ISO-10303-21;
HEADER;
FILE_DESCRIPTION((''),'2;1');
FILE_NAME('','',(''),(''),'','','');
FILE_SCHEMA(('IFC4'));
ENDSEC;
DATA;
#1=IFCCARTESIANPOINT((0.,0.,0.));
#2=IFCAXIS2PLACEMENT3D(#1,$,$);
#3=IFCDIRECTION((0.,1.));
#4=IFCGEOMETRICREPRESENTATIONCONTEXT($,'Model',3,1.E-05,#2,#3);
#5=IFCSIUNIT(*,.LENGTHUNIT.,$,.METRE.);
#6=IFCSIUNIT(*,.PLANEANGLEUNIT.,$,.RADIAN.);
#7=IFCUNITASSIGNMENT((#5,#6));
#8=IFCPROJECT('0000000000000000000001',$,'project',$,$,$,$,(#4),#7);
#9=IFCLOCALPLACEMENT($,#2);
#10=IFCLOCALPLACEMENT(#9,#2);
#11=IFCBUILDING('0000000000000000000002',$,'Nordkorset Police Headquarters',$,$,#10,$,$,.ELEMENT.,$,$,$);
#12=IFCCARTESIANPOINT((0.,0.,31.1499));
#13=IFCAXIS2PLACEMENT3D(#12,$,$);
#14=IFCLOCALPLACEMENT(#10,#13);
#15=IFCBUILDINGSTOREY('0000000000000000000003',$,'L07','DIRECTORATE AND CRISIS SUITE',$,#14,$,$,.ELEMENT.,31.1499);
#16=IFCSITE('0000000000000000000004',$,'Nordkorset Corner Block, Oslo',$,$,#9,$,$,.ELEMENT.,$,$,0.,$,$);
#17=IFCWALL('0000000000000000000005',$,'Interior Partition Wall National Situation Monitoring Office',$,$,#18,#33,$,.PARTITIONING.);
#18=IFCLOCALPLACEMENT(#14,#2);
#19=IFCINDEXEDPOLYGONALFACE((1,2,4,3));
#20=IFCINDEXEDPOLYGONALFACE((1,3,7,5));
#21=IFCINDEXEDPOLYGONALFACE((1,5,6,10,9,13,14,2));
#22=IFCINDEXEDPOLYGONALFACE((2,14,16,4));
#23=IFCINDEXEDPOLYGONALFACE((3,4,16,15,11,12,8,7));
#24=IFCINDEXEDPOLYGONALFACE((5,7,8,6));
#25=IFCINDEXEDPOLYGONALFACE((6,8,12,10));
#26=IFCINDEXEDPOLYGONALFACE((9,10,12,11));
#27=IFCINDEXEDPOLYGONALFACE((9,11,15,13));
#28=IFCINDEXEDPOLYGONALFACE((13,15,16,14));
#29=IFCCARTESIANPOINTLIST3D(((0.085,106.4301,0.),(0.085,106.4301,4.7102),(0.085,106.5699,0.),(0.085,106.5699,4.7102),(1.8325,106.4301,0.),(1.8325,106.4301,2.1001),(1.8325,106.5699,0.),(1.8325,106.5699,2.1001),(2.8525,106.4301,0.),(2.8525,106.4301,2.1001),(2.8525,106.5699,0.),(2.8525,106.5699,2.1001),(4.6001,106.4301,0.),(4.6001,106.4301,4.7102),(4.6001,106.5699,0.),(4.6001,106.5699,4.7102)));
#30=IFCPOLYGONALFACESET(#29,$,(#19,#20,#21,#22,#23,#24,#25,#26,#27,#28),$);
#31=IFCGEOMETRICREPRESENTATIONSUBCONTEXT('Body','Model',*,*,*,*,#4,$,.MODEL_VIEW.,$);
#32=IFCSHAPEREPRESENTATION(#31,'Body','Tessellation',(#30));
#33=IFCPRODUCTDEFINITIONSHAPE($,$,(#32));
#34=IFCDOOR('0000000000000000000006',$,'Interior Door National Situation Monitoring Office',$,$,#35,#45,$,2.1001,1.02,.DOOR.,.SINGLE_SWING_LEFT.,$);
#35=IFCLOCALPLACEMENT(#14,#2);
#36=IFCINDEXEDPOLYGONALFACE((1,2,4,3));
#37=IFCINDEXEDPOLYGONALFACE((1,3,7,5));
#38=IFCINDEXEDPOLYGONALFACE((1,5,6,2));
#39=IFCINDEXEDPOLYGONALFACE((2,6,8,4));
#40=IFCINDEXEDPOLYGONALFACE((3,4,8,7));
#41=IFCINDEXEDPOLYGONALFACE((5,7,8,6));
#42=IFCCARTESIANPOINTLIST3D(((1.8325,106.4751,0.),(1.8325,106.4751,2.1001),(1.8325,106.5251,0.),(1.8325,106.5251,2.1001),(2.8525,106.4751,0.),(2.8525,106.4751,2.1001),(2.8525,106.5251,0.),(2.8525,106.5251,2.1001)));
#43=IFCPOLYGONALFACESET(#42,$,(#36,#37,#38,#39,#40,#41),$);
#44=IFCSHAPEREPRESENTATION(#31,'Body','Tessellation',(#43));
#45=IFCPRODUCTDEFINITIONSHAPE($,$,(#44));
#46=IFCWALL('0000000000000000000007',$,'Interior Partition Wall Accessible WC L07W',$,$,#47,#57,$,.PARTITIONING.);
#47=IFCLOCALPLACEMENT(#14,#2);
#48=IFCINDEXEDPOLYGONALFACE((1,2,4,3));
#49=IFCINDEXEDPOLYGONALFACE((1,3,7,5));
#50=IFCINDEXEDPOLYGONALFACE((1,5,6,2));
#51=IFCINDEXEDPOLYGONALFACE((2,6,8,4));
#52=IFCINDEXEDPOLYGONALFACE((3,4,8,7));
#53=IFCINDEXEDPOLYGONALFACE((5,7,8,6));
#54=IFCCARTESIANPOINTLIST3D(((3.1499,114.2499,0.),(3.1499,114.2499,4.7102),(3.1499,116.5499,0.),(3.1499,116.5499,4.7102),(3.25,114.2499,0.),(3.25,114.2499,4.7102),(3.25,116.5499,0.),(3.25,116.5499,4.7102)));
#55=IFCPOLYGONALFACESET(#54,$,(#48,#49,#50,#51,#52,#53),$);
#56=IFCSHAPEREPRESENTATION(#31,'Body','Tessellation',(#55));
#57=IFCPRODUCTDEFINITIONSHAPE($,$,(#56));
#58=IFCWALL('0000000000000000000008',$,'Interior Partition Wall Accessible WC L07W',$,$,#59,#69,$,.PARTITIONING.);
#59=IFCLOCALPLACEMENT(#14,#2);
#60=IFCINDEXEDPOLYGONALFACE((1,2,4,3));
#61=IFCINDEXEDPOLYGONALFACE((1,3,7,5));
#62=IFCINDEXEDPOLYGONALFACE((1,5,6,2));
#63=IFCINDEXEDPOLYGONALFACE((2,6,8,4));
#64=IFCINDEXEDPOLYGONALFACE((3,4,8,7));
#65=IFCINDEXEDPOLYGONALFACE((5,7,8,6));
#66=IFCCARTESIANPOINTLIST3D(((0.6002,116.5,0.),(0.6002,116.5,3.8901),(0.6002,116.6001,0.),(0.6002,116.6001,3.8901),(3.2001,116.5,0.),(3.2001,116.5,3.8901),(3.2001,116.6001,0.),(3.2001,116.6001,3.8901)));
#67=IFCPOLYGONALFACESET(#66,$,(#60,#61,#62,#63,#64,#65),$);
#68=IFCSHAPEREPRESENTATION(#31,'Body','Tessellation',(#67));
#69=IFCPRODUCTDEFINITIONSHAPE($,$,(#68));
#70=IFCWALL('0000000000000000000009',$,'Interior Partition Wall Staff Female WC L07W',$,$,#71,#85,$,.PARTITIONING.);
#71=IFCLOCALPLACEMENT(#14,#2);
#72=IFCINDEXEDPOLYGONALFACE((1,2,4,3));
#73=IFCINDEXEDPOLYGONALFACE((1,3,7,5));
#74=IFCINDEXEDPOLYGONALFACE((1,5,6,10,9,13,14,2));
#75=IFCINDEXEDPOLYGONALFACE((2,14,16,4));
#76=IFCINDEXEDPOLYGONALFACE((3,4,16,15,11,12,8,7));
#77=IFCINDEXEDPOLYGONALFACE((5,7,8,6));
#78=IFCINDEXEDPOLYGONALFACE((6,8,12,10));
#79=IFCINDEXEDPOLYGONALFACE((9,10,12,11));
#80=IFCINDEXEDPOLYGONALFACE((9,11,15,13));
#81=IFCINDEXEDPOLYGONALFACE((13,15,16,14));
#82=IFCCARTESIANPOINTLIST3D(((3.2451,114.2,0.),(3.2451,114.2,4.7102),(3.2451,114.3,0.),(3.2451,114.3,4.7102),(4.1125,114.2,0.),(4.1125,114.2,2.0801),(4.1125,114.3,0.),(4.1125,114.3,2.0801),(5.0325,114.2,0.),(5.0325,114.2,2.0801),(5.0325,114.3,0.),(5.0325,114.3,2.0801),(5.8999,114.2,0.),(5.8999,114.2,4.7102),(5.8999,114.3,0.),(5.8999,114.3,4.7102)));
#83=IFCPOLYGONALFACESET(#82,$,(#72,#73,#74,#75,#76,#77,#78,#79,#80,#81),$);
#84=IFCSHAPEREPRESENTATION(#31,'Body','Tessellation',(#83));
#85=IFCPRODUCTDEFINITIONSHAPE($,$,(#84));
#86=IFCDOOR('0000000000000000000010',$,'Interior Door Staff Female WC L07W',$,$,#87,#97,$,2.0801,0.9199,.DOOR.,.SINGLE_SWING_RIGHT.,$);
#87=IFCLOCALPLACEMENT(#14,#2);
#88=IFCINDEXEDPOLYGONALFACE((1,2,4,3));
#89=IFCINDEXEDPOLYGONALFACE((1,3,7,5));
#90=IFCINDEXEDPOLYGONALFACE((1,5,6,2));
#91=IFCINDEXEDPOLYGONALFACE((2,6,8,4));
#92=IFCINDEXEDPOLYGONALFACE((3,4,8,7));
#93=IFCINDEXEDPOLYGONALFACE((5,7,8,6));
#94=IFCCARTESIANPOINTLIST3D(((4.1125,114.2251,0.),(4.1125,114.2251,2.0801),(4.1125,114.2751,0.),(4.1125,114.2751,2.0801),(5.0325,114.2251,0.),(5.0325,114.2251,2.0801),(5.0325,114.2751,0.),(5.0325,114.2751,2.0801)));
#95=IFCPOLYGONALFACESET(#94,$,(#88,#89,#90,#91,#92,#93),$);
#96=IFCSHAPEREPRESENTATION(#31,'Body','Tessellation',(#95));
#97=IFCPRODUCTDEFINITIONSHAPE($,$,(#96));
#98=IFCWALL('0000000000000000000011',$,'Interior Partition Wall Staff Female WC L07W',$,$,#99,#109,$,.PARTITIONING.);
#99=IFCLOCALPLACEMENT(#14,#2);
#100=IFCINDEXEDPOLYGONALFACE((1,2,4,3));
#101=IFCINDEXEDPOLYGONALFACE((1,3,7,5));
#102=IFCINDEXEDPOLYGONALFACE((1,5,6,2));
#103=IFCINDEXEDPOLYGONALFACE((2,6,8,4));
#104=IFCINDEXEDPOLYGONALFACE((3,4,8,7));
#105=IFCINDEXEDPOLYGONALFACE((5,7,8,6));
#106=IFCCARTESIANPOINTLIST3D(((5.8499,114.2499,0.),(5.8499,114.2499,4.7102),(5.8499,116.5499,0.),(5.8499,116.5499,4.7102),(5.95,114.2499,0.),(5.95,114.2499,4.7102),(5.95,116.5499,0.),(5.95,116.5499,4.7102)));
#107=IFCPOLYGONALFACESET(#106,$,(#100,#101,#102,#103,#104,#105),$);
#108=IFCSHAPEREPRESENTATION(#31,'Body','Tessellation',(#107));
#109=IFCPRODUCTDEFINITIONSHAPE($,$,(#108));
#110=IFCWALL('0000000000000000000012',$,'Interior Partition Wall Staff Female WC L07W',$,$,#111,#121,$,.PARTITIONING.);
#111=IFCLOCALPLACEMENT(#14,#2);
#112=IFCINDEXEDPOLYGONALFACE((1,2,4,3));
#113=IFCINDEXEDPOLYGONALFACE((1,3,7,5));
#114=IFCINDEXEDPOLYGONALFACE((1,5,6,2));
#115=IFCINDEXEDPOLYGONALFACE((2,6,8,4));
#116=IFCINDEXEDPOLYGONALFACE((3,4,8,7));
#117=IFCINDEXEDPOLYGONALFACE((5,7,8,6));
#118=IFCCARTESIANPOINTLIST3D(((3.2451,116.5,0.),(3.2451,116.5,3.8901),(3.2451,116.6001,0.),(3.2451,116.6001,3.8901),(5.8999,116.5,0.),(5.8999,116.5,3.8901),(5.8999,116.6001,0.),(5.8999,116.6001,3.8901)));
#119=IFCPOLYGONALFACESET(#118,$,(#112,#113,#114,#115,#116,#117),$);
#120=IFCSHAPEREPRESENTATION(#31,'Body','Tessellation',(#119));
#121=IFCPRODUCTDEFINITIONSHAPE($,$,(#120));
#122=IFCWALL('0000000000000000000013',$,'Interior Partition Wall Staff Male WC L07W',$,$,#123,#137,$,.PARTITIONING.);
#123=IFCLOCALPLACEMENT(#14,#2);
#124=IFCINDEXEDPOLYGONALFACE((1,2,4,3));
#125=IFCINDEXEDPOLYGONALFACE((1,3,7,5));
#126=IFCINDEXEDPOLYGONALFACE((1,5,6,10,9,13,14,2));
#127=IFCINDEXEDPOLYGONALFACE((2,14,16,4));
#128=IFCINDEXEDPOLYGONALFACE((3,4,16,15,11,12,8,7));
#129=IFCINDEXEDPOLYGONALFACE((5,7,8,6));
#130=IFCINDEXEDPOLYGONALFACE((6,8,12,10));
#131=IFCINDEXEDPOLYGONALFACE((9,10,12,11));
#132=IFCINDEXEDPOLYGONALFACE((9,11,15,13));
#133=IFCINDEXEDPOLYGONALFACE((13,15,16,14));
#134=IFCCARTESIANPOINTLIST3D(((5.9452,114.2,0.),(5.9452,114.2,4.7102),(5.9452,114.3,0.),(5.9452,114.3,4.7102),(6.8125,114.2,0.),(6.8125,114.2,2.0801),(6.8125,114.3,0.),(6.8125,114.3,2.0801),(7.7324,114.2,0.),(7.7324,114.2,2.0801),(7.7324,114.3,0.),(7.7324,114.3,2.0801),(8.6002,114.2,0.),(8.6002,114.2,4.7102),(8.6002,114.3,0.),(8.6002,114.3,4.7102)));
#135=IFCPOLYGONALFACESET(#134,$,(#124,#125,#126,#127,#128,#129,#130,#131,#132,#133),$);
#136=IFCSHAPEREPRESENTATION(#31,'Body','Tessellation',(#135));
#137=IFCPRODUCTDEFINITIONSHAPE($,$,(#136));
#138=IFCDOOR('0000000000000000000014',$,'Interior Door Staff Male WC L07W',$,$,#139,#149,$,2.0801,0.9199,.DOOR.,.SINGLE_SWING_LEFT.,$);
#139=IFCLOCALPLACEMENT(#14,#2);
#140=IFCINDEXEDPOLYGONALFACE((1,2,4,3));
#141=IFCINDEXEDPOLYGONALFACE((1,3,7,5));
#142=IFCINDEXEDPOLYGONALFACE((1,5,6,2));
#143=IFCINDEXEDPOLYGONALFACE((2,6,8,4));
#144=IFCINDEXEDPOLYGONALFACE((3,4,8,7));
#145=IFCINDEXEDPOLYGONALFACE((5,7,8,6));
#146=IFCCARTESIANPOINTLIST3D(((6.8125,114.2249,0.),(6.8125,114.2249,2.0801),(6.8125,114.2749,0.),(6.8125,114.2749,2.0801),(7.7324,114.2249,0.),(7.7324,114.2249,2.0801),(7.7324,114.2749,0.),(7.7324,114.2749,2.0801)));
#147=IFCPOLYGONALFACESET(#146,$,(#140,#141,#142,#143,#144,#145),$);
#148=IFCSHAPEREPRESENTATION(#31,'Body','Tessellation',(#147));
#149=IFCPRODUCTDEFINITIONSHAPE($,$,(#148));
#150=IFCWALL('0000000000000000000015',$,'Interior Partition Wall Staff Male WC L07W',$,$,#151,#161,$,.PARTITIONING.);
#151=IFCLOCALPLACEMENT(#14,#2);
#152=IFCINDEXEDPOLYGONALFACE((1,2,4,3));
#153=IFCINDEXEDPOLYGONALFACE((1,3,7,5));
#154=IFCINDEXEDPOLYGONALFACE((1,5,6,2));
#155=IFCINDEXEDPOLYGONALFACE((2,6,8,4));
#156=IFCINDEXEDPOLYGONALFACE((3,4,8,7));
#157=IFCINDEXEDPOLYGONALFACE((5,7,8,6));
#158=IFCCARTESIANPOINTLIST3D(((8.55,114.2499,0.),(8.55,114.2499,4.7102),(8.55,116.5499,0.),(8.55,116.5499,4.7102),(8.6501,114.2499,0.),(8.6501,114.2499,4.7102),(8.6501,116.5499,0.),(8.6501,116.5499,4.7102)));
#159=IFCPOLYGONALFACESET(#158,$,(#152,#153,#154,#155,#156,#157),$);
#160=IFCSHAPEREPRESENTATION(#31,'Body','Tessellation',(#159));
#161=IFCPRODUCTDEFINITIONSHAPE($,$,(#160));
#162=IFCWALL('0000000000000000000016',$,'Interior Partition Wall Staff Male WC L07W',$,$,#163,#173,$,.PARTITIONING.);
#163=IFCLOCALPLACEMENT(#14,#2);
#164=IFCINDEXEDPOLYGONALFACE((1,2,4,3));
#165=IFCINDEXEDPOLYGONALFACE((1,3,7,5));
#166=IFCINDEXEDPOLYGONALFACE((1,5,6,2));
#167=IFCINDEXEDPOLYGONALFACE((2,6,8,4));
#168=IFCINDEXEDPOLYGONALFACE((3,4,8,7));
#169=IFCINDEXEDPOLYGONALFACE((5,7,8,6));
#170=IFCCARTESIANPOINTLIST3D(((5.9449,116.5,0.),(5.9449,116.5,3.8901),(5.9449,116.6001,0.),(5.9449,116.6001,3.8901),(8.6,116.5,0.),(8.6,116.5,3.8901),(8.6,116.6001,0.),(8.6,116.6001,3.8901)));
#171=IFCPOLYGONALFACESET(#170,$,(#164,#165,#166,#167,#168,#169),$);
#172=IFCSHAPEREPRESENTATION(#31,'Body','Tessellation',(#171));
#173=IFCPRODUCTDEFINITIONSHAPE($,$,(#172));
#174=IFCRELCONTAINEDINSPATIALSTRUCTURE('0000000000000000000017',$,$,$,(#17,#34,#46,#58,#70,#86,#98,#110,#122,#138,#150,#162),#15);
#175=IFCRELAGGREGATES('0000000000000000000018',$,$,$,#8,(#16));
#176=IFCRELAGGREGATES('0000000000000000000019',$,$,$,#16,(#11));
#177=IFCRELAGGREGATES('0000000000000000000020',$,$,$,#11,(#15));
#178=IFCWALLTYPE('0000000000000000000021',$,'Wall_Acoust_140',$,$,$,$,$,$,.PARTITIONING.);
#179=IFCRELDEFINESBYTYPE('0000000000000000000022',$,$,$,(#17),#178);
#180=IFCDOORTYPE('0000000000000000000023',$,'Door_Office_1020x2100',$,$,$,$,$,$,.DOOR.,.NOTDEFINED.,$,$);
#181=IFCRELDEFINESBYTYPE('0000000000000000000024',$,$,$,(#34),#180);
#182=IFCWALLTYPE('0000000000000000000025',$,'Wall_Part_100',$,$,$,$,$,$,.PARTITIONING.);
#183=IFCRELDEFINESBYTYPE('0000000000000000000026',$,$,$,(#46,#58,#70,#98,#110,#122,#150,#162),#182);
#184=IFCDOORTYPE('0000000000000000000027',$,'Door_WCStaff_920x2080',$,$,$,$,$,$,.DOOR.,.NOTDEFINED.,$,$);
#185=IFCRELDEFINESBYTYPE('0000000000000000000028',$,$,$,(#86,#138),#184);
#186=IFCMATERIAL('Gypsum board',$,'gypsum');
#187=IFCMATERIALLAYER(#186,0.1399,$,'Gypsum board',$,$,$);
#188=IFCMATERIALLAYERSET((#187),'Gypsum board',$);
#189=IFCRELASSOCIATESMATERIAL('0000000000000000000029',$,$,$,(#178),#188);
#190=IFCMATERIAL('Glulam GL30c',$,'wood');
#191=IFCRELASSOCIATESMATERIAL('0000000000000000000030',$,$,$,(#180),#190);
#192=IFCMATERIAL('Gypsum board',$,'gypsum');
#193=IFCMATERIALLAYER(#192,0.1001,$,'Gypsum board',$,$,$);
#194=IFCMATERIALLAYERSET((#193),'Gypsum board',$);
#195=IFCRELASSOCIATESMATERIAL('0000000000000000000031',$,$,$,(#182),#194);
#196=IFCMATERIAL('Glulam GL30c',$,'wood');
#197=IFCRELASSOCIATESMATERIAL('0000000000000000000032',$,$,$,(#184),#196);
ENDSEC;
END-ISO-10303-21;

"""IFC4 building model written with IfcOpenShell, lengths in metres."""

from ifc_helpers import new_model, si_unit, direction, frame, frame_2d, origin, place, context, subcontext, project, spatial, rectangle, extrude, material, layer, layer_set, type_object, element, fill, save


model = new_model("IFC4")

# Units and contexts
model_context = context("Model", 3, precision=1e-05, world=origin(), true_north=direction((0.0, 1.0)))
body_context = subcontext(model_context, "Body", "Model", "MODEL_VIEW")
ifc_project = project(units=[si_unit("LENGTHUNIT", "METRE"), si_unit("PLANEANGLEUNIT", "RADIAN")], contexts=[model_context])

# Site, building, storey
site_placement = place(None, origin())
site = spatial("IfcSite", under=ifc_project, at=site_placement, Name="Nordkorset Corner Block, Oslo", CompositionType="ELEMENT", RefElevation=0.0)
building_placement = place(site_placement, origin())
building = spatial("IfcBuilding", under=site, at=building_placement, Name="Nordkorset Police Headquarters", CompositionType="ELEMENT")
storey_placement = place(building_placement, frame((0.0, 0.0, 31.1499)))
storey = spatial("IfcBuildingStorey", under=building, at=storey_placement, Name="L07", Description="DIRECTORATE AND CRISIS SUITE", CompositionType="ELEMENT", Elevation=31.1499)

# Wall, opening, door
ifc_material_1 = material(Name="Gypsum board", Category="gypsum")
ifc_layer_1 = layer(ifc_material_1, 0.1399, Name="Gypsum board")
ifc_layer_set_1 = layer_set([ifc_layer_1], Name="Gypsum board")
wall_type_1 = type_object("IfcWallType", Name="Wall_Acoust_140", PredefinedType="PARTITIONING", material=ifc_layer_set_1)
wall_1_placement = place(storey_placement, frame((4.6001, 106.5, 0.0), z_axis=(0.0, 0.0, 1.0), x_axis=(-1.0, 0.0, 0.0)))
wall_1 = element("IfcWall", 1, at=wall_1_placement, inside=storey, type_object=wall_type_1, Name="Interior Partition Wall National Situation Monitoring Office", PredefinedType="PARTITIONING", context=body_context, shape_type="SweptSolid", body=[
    extrude(rectangle(XDim=4.5151, YDim=0.1399, at=frame_2d((2.2576, 0.0))), origin(), (0.0, 0.0, 1.0), 4.7102),
])
opening_1_placement = place(wall_1_placement, frame((1.7476, 0.0, 0.0)))
opening_1 = element("IfcOpeningElement", 2, at=opening_1_placement, cuts=wall_1, PredefinedType="OPENING", context=body_context, shape_type="SweptSolid", body=[
    extrude(rectangle(XDim=1.02, YDim=2.1001, at=frame_2d((0.51, 1.05))), frame((0.0, 0.0801, 0.0), z_axis=(0.0, -1.0, 0.0), x_axis=(1.0, 0.0, 0.0)), (0.0, 0.0, 1.0), 0.1599),
])
ifc_material_2 = material(Name="Glulam GL30c", Category="wood")
door_type_1 = type_object("IfcDoorType", Name="Door_Office_1020x2100", OperationType="NOTDEFINED", PredefinedType="DOOR", material=ifc_material_2)
door_1_placement = place(opening_1_placement, origin())
door_1 = element("IfcDoor", 3, at=door_1_placement, inside=storey, type_object=door_type_1, Name="Interior Door National Situation Monitoring Office", OperationType="SINGLE_SWING_LEFT", OverallHeight=2.1001, OverallWidth=1.02, PredefinedType="DOOR", context=body_context, shape_type="SweptSolid", body=[
    extrude(rectangle(XDim=1.02, YDim=2.1001, at=frame_2d((0.51, 1.05))), frame((0.0, 0.0249, 0.0), z_axis=(0.0, -1.0, 0.0), x_axis=(1.0, 0.0, 0.0)), (0.0, 0.0, 1.0), 0.05),
])
fill(opening_1, door_1)

# Walls
ifc_material_3 = material(Name="Gypsum board", Category="gypsum")
ifc_layer_2 = layer(ifc_material_3, 0.1001, Name="Gypsum board")
ifc_layer_set_2 = layer_set([ifc_layer_2], Name="Gypsum board")
wall_type_2 = type_object("IfcWallType", Name="Wall_Part_100", PredefinedType="PARTITIONING", material=ifc_layer_set_2)
wall_2_placement = place(storey_placement, frame((3.2, 114.25, 0.0), z_axis=(0.0, 0.0, 1.0), x_axis=(0.0, 1.0, 0.0)))
element("IfcWall", 4, at=wall_2_placement, inside=storey, type_object=wall_type_2, Name="Interior Partition Wall Accessible WC L07W", PredefinedType="PARTITIONING", context=body_context, shape_type="SweptSolid", body=[
    extrude(rectangle(XDim=2.3, YDim=0.1001, at=frame_2d((1.1499, 0.0))), origin(), (0.0, 0.0, 1.0), 4.7102),
])
wall_3_placement = place(storey_placement, frame((3.2, 116.55, 0.0), z_axis=(0.0, 0.0, 1.0), x_axis=(-1.0, 0.0, 0.0)))
element("IfcWall", 5, at=wall_3_placement, inside=storey, type_object=wall_type_2, Name="Interior Partition Wall Accessible WC L07W", PredefinedType="PARTITIONING", context=body_context, shape_type="SweptSolid", body=[
    extrude(rectangle(XDim=2.5999, YDim=0.1001, at=frame_2d((1.2998, 0.0))), origin(), (0.0, 0.0, 1.0), 3.8901),
])

# Wall, opening, door
wall_4_placement = place(storey_placement, frame((3.2451, 114.25, 0.0), z_axis=(0.0, 0.0, 1.0), x_axis=(1.0, 0.0, 0.0)))
wall_4 = element("IfcWall", 6, at=wall_4_placement, inside=storey, type_object=wall_type_2, Name="Interior Partition Wall Staff Female WC L07W", PredefinedType="PARTITIONING", context=body_context, shape_type="SweptSolid", body=[
    extrude(rectangle(XDim=2.6548, YDim=0.1001, at=frame_2d((1.3274, 0.0))), origin(), (0.0, 0.0, 1.0), 4.7102),
])
opening_2_placement = place(wall_4_placement, frame((0.8674, 0.0, 0.0)))
opening_2 = element("IfcOpeningElement", 7, at=opening_2_placement, cuts=wall_4, PredefinedType="OPENING", context=body_context, shape_type="SweptSolid", body=[
    extrude(rectangle(XDim=0.9199, YDim=2.0801, at=frame_2d((0.46, 1.04))), frame((0.0, 0.0601, 0.0), z_axis=(0.0, -1.0, 0.0), x_axis=(1.0, 0.0, 0.0)), (0.0, 0.0, 1.0), 0.1201),
])
ifc_material_4 = material(Name="Glulam GL30c", Category="wood")
door_type_2 = type_object("IfcDoorType", Name="Door_WCStaff_920x2080", OperationType="NOTDEFINED", PredefinedType="DOOR", material=ifc_material_4)
door_2_placement = place(opening_2_placement, frame((0.9199, 0.0, 0.0), z_axis=(0.0, 0.0, 1.0), x_axis=(-1.0, 0.0, 0.0)))
door_2 = element("IfcDoor", 8, at=door_2_placement, inside=storey, type_object=door_type_2, Name="Interior Door Staff Female WC L07W", OperationType="SINGLE_SWING_RIGHT", OverallHeight=2.0801, OverallWidth=0.9199, PredefinedType="DOOR", context=body_context, shape_type="SweptSolid", body=[
    extrude(rectangle(XDim=0.9199, YDim=2.0801, at=frame_2d((0.46, 1.04))), frame((0.0, 0.0249, 0.0), z_axis=(0.0, -1.0, 0.0), x_axis=(1.0, 0.0, 0.0)), (0.0, 0.0, 1.0), 0.05),
])
fill(opening_2, door_2)

# Walls
wall_5_placement = place(storey_placement, frame((5.8999, 114.25, 0.0), z_axis=(0.0, 0.0, 1.0), x_axis=(0.0, 1.0, 0.0)))
element("IfcWall", 9, at=wall_5_placement, inside=storey, type_object=wall_type_2, Name="Interior Partition Wall Staff Female WC L07W", PredefinedType="PARTITIONING", context=body_context, shape_type="SweptSolid", body=[
    extrude(rectangle(XDim=2.3, YDim=0.1001, at=frame_2d((1.1499, 0.0))), origin(), (0.0, 0.0, 1.0), 4.7102),
])
wall_6_placement = place(storey_placement, frame((5.8999, 116.55, 0.0), z_axis=(0.0, 0.0, 1.0), x_axis=(-1.0, 0.0, 0.0)))
element("IfcWall", 10, at=wall_6_placement, inside=storey, type_object=wall_type_2, Name="Interior Partition Wall Staff Female WC L07W", PredefinedType="PARTITIONING", context=body_context, shape_type="SweptSolid", body=[
    extrude(rectangle(XDim=2.6548, YDim=0.1001, at=frame_2d((1.3274, 0.0))), origin(), (0.0, 0.0, 1.0), 3.8901),
])

# Wall, opening, door
wall_7_placement = place(storey_placement, frame((5.9451, 114.25, 0.0), z_axis=(0.0, 0.0, 1.0), x_axis=(1.0, 0.0, 0.0)))
wall_7 = element("IfcWall", 11, at=wall_7_placement, inside=storey, type_object=wall_type_2, Name="Interior Partition Wall Staff Male WC L07W", PredefinedType="PARTITIONING", context=body_context, shape_type="SweptSolid", body=[
    extrude(rectangle(XDim=2.655, YDim=0.1001, at=frame_2d((1.3276, 0.0))), origin(), (0.0, 0.0, 1.0), 4.7102),
])
opening_3_placement = place(wall_7_placement, frame((0.8674, 0.0, 0.0)))
opening_3 = element("IfcOpeningElement", 12, at=opening_3_placement, cuts=wall_7, PredefinedType="OPENING", context=body_context, shape_type="SweptSolid", body=[
    extrude(rectangle(XDim=0.9199, YDim=2.0801, at=frame_2d((0.46, 1.04))), frame((0.0, 0.0601, 0.0), z_axis=(0.0, -1.0, 0.0), x_axis=(1.0, 0.0, 0.0)), (0.0, 0.0, 1.0), 0.1201),
])
door_3_placement = place(opening_3_placement, origin())
door_3 = element("IfcDoor", 13, at=door_3_placement, inside=storey, type_object=door_type_2, Name="Interior Door Staff Male WC L07W", OperationType="SINGLE_SWING_LEFT", OverallHeight=2.0801, OverallWidth=0.9199, PredefinedType="DOOR", context=body_context, shape_type="SweptSolid", body=[
    extrude(rectangle(XDim=0.9199, YDim=2.0801, at=frame_2d((0.46, 1.04))), frame((0.0, 0.0249, 0.0), z_axis=(0.0, -1.0, 0.0), x_axis=(1.0, 0.0, 0.0)), (0.0, 0.0, 1.0), 0.05),
])
fill(opening_3, door_3)

# Walls
wall_8_placement = place(storey_placement, frame((8.6001, 114.25, 0.0), z_axis=(0.0, 0.0, 1.0), x_axis=(0.0, 1.0, 0.0)))
element("IfcWall", 14, at=wall_8_placement, inside=storey, type_object=wall_type_2, Name="Interior Partition Wall Staff Male WC L07W", PredefinedType="PARTITIONING", context=body_context, shape_type="SweptSolid", body=[
    extrude(rectangle(XDim=2.3, YDim=0.1001, at=frame_2d((1.1499, 0.0))), origin(), (0.0, 0.0, 1.0), 4.7102),
])
wall_9_placement = place(storey_placement, frame((8.6001, 116.55, 0.0), z_axis=(0.0, 0.0, 1.0), x_axis=(-1.0, 0.0, 0.0)))
element("IfcWall", 15, at=wall_9_placement, inside=storey, type_object=wall_type_2, Name="Interior Partition Wall Staff Male WC L07W", PredefinedType="PARTITIONING", context=body_context, shape_type="SweptSolid", body=[
    extrude(rectangle(XDim=2.655, YDim=0.1001, at=frame_2d((1.3276, 0.0))), origin(), (0.0, 0.0, 1.0), 3.8901),
])

save(model, "model.ifc")
